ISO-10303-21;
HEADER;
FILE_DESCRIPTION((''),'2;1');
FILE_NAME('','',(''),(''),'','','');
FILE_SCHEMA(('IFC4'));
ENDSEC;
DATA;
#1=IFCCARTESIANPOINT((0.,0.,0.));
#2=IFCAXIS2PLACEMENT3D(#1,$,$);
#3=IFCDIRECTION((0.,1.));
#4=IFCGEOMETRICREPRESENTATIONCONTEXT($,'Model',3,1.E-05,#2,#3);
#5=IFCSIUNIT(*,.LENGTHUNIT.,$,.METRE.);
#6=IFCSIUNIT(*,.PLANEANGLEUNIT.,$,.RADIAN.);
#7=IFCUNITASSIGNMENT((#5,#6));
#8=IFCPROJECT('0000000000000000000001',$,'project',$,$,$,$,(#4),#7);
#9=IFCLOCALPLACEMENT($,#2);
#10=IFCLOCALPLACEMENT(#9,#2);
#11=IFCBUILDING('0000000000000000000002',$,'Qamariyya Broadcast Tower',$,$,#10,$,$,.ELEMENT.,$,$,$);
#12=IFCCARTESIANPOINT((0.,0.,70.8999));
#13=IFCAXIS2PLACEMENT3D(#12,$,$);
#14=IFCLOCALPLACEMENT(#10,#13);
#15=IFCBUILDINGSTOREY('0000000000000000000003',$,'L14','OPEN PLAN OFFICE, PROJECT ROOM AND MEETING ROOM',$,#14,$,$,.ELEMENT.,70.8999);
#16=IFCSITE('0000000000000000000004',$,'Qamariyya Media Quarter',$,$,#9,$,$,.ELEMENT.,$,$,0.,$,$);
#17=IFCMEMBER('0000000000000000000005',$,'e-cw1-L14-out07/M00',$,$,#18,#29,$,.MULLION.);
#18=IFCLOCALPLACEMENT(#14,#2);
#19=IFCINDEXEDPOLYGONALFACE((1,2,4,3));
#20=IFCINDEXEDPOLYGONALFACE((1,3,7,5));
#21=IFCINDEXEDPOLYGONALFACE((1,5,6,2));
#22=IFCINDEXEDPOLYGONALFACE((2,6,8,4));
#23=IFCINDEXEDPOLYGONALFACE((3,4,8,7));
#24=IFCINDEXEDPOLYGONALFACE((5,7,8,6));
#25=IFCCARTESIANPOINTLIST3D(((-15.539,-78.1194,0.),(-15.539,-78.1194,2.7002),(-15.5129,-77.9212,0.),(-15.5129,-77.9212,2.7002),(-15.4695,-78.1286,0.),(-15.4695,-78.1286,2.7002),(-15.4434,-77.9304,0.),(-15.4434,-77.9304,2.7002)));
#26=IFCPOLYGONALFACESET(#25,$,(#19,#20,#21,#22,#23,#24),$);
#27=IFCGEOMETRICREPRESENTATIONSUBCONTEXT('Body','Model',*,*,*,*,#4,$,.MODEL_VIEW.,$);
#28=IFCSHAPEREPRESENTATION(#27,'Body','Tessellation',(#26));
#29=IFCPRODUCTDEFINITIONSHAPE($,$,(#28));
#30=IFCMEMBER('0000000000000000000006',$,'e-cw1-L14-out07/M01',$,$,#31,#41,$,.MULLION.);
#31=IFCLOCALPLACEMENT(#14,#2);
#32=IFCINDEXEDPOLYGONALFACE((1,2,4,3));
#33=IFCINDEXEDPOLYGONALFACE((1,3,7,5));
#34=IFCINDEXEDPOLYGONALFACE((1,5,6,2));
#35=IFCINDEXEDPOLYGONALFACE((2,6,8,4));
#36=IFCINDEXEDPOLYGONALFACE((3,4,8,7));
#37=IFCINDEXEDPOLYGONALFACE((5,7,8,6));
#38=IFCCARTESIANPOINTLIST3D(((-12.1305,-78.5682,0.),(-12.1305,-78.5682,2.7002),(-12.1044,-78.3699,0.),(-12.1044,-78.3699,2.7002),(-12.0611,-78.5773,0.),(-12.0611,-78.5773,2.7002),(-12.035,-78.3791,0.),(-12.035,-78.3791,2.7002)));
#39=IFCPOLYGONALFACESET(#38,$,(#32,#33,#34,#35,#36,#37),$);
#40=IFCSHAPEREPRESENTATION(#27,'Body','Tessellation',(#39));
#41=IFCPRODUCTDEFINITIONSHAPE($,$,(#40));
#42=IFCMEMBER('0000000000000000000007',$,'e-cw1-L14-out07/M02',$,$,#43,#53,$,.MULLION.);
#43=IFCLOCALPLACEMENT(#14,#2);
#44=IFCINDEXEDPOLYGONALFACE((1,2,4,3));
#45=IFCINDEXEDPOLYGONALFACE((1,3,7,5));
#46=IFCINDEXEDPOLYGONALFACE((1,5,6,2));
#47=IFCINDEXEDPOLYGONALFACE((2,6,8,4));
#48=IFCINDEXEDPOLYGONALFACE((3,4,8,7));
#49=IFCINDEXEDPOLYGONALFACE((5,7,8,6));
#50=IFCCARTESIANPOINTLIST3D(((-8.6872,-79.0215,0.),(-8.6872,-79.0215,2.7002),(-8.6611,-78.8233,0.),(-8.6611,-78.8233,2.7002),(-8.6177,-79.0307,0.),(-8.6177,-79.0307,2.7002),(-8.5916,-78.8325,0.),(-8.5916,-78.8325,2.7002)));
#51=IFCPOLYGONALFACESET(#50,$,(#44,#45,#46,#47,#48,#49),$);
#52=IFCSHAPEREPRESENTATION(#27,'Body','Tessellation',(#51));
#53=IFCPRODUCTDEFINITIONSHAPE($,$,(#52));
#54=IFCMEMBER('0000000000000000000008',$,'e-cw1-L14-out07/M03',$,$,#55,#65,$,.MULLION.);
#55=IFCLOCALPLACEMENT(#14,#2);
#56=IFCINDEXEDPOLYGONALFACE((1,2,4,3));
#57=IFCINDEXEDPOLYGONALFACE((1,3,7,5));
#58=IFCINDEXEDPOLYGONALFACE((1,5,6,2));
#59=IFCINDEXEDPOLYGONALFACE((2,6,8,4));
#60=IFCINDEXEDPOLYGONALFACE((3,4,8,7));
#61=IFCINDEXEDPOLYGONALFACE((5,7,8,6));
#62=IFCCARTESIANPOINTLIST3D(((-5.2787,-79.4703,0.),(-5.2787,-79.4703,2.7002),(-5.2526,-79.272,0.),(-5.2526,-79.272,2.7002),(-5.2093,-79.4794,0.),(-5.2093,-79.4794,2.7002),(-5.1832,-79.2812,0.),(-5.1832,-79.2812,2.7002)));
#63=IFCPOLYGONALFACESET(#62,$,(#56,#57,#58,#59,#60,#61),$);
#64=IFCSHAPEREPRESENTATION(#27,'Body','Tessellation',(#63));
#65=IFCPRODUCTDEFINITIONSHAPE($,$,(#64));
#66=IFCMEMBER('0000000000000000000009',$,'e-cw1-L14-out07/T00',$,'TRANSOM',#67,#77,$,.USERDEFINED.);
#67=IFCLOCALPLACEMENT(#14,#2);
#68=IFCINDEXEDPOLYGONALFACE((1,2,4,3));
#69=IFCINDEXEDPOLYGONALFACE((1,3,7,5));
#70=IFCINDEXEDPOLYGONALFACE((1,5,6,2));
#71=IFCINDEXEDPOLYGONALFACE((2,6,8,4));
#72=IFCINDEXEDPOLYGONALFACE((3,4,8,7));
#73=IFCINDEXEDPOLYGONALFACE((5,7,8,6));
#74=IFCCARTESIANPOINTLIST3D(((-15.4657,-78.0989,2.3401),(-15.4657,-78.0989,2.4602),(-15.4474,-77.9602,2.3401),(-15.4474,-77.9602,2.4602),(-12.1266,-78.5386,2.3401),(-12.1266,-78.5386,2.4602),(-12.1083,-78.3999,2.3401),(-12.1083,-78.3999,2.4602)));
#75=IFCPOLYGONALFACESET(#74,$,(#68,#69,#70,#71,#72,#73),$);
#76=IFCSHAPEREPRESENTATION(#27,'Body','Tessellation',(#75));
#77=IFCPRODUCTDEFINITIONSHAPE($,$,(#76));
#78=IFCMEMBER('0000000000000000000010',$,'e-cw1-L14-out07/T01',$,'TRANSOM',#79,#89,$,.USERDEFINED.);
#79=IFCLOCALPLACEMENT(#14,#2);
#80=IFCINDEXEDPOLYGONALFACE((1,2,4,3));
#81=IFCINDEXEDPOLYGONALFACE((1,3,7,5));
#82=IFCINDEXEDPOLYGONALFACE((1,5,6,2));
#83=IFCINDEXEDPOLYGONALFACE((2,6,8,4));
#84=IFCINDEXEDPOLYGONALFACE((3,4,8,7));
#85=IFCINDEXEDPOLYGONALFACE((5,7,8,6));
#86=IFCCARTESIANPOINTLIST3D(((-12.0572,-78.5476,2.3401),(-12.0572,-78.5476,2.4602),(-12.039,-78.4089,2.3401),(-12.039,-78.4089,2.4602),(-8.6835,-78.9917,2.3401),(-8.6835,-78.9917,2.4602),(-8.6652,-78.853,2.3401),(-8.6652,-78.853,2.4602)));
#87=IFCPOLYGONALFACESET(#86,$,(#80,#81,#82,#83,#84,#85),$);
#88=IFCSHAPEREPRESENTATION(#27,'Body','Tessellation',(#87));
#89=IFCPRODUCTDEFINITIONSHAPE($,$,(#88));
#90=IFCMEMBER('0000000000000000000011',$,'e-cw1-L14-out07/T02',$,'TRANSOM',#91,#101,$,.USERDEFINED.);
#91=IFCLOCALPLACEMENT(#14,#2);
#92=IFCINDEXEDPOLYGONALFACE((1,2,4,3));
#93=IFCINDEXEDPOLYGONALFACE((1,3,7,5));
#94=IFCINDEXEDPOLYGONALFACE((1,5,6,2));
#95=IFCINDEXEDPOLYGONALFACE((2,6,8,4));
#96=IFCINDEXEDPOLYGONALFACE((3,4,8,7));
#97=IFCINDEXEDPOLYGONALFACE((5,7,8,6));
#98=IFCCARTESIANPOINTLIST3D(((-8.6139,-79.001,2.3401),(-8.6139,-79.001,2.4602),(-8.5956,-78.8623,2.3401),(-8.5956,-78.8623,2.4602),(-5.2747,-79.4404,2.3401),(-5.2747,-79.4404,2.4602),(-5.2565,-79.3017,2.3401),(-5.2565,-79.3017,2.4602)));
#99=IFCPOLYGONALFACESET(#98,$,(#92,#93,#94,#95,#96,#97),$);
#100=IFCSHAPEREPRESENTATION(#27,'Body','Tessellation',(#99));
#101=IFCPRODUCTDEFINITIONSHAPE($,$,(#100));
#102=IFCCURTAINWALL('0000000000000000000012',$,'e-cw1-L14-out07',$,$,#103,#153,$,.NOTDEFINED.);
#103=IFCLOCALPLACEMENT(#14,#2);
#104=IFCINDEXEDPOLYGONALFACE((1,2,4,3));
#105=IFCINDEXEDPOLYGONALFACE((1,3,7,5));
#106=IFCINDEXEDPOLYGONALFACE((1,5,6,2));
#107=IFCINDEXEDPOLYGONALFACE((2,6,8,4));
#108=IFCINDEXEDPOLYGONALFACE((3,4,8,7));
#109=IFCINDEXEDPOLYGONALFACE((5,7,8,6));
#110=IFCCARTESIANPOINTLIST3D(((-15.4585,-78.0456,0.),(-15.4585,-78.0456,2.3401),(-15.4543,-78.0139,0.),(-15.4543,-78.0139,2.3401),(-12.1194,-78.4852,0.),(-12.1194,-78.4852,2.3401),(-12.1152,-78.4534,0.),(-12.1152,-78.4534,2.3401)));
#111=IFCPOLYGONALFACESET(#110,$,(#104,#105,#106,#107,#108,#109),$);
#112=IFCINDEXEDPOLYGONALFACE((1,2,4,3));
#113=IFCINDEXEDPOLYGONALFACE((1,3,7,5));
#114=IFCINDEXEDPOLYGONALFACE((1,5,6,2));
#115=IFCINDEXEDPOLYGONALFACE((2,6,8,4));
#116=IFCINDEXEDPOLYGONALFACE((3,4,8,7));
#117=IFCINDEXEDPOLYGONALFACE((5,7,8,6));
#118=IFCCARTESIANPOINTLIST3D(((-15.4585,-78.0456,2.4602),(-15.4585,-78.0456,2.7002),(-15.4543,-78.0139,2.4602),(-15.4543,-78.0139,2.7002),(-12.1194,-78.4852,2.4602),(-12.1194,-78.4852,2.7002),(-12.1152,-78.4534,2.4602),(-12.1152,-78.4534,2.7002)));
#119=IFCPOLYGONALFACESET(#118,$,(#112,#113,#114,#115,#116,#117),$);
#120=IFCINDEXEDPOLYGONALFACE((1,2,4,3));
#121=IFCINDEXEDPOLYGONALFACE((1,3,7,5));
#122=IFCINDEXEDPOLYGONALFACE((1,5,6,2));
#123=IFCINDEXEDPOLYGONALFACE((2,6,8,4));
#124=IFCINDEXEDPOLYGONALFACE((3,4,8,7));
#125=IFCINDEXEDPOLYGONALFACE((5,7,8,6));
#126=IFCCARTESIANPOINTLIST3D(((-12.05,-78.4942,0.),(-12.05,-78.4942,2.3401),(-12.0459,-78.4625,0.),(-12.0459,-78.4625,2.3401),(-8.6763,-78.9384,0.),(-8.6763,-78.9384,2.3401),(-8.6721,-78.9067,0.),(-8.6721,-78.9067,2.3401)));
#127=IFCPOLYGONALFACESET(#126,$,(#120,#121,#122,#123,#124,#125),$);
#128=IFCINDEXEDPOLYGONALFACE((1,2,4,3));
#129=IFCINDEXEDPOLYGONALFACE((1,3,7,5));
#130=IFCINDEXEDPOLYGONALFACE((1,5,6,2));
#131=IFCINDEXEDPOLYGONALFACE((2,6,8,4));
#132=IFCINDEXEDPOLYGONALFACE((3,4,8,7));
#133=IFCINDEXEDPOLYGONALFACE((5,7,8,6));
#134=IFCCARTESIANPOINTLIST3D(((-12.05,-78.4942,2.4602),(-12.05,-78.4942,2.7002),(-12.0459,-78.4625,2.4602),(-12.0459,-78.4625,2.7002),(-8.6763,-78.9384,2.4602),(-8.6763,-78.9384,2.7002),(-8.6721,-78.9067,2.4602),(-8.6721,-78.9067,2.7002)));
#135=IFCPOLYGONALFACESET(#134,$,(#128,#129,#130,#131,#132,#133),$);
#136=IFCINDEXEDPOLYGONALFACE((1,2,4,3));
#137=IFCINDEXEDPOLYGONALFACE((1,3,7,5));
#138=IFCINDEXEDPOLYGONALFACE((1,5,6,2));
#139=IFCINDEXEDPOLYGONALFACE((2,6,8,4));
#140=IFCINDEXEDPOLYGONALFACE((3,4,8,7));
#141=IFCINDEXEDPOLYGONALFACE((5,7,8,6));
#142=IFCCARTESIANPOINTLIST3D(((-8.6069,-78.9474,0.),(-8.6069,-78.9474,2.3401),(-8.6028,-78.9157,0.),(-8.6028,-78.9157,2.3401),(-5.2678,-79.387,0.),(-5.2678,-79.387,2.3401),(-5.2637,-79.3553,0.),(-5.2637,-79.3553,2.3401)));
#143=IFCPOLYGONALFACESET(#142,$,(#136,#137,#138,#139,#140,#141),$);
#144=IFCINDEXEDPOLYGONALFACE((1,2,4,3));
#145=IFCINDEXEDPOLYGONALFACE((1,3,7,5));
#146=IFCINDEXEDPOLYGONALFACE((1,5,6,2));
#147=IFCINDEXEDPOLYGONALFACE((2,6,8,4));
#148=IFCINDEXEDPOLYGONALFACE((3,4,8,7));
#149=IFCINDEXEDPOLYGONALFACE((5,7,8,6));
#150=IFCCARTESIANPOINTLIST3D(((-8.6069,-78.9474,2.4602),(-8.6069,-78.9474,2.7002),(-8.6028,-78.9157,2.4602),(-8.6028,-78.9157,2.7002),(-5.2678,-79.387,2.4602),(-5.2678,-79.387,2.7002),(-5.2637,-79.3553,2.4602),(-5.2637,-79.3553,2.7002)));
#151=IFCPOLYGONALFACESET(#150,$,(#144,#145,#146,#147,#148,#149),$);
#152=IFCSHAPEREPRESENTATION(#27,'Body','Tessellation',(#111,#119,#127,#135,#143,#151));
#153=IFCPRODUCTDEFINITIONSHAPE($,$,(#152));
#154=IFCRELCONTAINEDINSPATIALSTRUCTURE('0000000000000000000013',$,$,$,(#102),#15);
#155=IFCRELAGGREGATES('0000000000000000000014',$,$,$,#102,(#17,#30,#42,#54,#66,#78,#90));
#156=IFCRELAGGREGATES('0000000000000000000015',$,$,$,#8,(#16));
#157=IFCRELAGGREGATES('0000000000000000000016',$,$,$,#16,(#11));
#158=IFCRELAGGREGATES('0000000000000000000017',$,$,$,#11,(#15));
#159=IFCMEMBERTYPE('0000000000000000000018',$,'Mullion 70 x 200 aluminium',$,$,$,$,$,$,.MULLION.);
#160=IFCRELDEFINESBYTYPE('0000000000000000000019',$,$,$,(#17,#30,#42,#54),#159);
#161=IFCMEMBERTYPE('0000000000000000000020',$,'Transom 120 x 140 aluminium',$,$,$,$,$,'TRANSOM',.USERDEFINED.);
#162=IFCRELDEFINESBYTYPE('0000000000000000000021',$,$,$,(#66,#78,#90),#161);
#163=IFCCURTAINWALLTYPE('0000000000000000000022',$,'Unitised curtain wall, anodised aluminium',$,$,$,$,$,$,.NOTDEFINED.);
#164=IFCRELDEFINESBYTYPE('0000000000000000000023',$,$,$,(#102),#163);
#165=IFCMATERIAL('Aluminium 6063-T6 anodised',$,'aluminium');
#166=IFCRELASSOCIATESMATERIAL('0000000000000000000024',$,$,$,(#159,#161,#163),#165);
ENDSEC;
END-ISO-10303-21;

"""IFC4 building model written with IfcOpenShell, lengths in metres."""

from ifc_helpers import new_model, si_unit, direction, frame, origin, origin_2d, place, context, subcontext, project, spatial, rectangle, extrude, material, material_profile, profile_set, type_object, element, aggregate, save


model = new_model("IFC4")

# Units and contexts
model_context = context("Model", 3, precision=1e-05, world=origin(), true_north=direction((0.0, 1.0)))
body_context = subcontext(model_context, "Body", "Model", "MODEL_VIEW")
ifc_project = project(units=[si_unit("LENGTHUNIT", "METRE"), si_unit("PLANEANGLEUNIT", "RADIAN")], contexts=[model_context])

# Members
ifc_material = material(Name="Aluminium 6063-T6 anodised", Category="aluminium")
ifc_material_profile_1 = material_profile(ifc_material, rectangle(XDim=0.2, YDim=0.0701, at=origin_2d()))
ifc_profile_set_1 = profile_set([ifc_material_profile_1], Name="Aluminium 6063-T6 anodised")
member_type_1 = type_object("IfcMemberType", Name="Mullion 70 x 200 aluminium", PredefinedType="MULLION", material=ifc_profile_set_1)
site_placement = place(None, origin())
building_placement = place(site_placement, origin())
storey_placement = place(building_placement, frame((0.0, 0.0, 70.8999)))
member_1_placement = place(storey_placement, frame((-15.4912, -78.0249, 0.0), z_axis=(0.0, 0.0, 1.0), x_axis=(0.130526, 0.991445, 0.0)))
member_1 = element("IfcMember", 1, at=member_1_placement, type_object=member_type_1, Name="e-cw1-L14-out07/M00", PredefinedType="MULLION", context=body_context, shape_type="SweptSolid", body=[
    extrude(rectangle(XDim=0.2, YDim=0.0701, at=origin_2d()), origin(), (0.0, 0.0, 1.0), 2.7002),
])
member_2_placement = place(storey_placement, frame((-12.0828, -78.4736, 0.0), z_axis=(0.0, 0.0, 1.0), x_axis=(0.130526, 0.991445, 0.0)))
member_2 = element("IfcMember", 2, at=member_2_placement, type_object=member_type_1, Name="e-cw1-L14-out07/M01", PredefinedType="MULLION", context=body_context, shape_type="SweptSolid", body=[
    extrude(rectangle(XDim=0.2, YDim=0.0701, at=origin_2d()), origin(), (0.0, 0.0, 1.0), 2.7002),
])
member_3_placement = place(storey_placement, frame((-8.6394, -78.927, 0.0), z_axis=(0.0, 0.0, 1.0), x_axis=(0.130526, 0.991445, 0.0)))
member_3 = element("IfcMember", 3, at=member_3_placement, type_object=member_type_1, Name="e-cw1-L14-out07/M02", PredefinedType="MULLION", context=body_context, shape_type="SweptSolid", body=[
    extrude(rectangle(XDim=0.2, YDim=0.0701, at=origin_2d()), origin(), (0.0, 0.0, 1.0), 2.7002),
])
member_4_placement = place(storey_placement, frame((-5.231, -79.3757, 0.0), z_axis=(0.0, 0.0, 1.0), x_axis=(0.130526, 0.991445, 0.0)))
member_4 = element("IfcMember", 4, at=member_4_placement, type_object=member_type_1, Name="e-cw1-L14-out07/M03", PredefinedType="MULLION", context=body_context, shape_type="SweptSolid", body=[
    extrude(rectangle(XDim=0.2, YDim=0.0701, at=origin_2d()), origin(), (0.0, 0.0, 1.0), 2.7002),
])
ifc_material_profile_2 = material_profile(ifc_material, rectangle(XDim=0.1399, YDim=0.1201, at=origin_2d()))
ifc_profile_set_2 = profile_set([ifc_material_profile_2], Name="Aluminium 6063-T6 anodised")
member_type_2 = type_object("IfcMemberType", Name="Transom 120 x 140 aluminium", ElementType="TRANSOM", PredefinedType="USERDEFINED", material=ifc_profile_set_2)
member_5_placement = place(storey_placement, frame((-15.4565, -78.0295, 2.4001), z_axis=(0.991441, -0.130554, 0.0), x_axis=(0.130554, 0.991441, 0.0)))
member_5 = element("IfcMember", 5, at=member_5_placement, type_object=member_type_2, Name="e-cw1-L14-out07/T00", ObjectType="TRANSOM", PredefinedType="USERDEFINED", context=body_context, shape_type="SweptSolid", body=[
    extrude(rectangle(XDim=0.1399, YDim=0.1201, at=origin_2d()), origin(), (0.0, 0.0, 1.0), 3.3679),
])
member_6_placement = place(storey_placement, frame((-12.0481, -78.4783, 2.4001), z_axis=(0.991448, -0.130505, 0.0), x_axis=(0.130505, 0.991448, 0.0)))
member_6 = element("IfcMember", 6, at=member_6_placement, type_object=member_type_2, Name="e-cw1-L14-out07/T01", ObjectType="TRANSOM", PredefinedType="USERDEFINED", context=body_context, shape_type="SweptSolid", body=[
    extrude(rectangle(XDim=0.1399, YDim=0.1201, at=origin_2d()), origin(), (0.0, 0.0, 1.0), 3.4028),
])
member_7_placement = place(storey_placement, frame((-8.6047, -78.9316, 2.4001), z_axis=(0.991451, -0.130483, 0.0), x_axis=(0.130483, 0.991451, 0.0)))
member_7 = element("IfcMember", 7, at=member_7_placement, type_object=member_type_2, Name="e-cw1-L14-out07/T02", ObjectType="TRANSOM", PredefinedType="USERDEFINED", context=body_context, shape_type="SweptSolid", body=[
    extrude(rectangle(XDim=0.1399, YDim=0.1201, at=origin_2d()), origin(), (0.0, 0.0, 1.0), 3.3679),
])

# Site, building, storey
site = spatial("IfcSite", under=ifc_project, at=site_placement, Name="Qamariyya Media Quarter", CompositionType="ELEMENT", RefElevation=0.0)
building = spatial("IfcBuilding", under=site, at=building_placement, Name="Qamariyya Broadcast Tower", CompositionType="ELEMENT")
storey = spatial("IfcBuildingStorey", under=building, at=storey_placement, Name="L14", Description="OPEN PLAN OFFICE, PROJECT ROOM AND MEETING ROOM", CompositionType="ELEMENT", Elevation=70.8999)

# Curtain wall
curtain_wall_type = type_object("IfcCurtainWallType", Name="Unitised curtain wall, anodised aluminium", PredefinedType="NOTDEFINED", material=ifc_material)
curtain_wall_1_placement = place(storey_placement, origin())
curtain_wall_1 = element("IfcCurtainWall", 8, at=curtain_wall_1_placement, inside=storey, type_object=curtain_wall_type, Name="e-cw1-L14-out07", PredefinedType="NOTDEFINED", context=body_context, shape_type="SweptSolid", body=[
    extrude(rectangle(XDim=3.3679, YDim=0.032, at=origin_2d()), frame((-13.7869, -78.2495, 0.0), x_axis=(0.991446, -0.130521, 0.0)), (0.0, 0.0, 1.0), 2.3401),
    extrude(rectangle(XDim=3.3679, YDim=0.032, at=origin_2d()), frame((-13.7869, -78.2495, 2.4602), x_axis=(0.991446, -0.130521, 0.0)), (0.0, 0.0, 1.0), 0.24),
    extrude(rectangle(XDim=3.4028, YDim=0.032, at=origin_2d()), frame((-10.3611, -78.7004, 0.0), x_axis=(0.991446, -0.130521, 0.0)), (0.0, 0.0, 1.0), 2.3401),
    extrude(rectangle(XDim=3.4028, YDim=0.032, at=origin_2d()), frame((-10.3611, -78.7004, 2.4602), x_axis=(0.991446, -0.130521, 0.0)), (0.0, 0.0, 1.0), 0.24),
    extrude(rectangle(XDim=3.3679, YDim=0.032, at=origin_2d()), frame((-6.9353, -79.1514, 0.0), x_axis=(0.991446, -0.130521, 0.0)), (0.0, 0.0, 1.0), 2.3401),
    extrude(rectangle(XDim=3.3679, YDim=0.032, at=origin_2d()), frame((-6.9353, -79.1514, 2.4602), x_axis=(0.991446, -0.130521, 0.0)), (0.0, 0.0, 1.0), 0.24),
])
aggregate(curtain_wall_1, [member_1, member_2, member_3, member_4, member_5, member_6, member_7])

save(model, "model.ifc")
